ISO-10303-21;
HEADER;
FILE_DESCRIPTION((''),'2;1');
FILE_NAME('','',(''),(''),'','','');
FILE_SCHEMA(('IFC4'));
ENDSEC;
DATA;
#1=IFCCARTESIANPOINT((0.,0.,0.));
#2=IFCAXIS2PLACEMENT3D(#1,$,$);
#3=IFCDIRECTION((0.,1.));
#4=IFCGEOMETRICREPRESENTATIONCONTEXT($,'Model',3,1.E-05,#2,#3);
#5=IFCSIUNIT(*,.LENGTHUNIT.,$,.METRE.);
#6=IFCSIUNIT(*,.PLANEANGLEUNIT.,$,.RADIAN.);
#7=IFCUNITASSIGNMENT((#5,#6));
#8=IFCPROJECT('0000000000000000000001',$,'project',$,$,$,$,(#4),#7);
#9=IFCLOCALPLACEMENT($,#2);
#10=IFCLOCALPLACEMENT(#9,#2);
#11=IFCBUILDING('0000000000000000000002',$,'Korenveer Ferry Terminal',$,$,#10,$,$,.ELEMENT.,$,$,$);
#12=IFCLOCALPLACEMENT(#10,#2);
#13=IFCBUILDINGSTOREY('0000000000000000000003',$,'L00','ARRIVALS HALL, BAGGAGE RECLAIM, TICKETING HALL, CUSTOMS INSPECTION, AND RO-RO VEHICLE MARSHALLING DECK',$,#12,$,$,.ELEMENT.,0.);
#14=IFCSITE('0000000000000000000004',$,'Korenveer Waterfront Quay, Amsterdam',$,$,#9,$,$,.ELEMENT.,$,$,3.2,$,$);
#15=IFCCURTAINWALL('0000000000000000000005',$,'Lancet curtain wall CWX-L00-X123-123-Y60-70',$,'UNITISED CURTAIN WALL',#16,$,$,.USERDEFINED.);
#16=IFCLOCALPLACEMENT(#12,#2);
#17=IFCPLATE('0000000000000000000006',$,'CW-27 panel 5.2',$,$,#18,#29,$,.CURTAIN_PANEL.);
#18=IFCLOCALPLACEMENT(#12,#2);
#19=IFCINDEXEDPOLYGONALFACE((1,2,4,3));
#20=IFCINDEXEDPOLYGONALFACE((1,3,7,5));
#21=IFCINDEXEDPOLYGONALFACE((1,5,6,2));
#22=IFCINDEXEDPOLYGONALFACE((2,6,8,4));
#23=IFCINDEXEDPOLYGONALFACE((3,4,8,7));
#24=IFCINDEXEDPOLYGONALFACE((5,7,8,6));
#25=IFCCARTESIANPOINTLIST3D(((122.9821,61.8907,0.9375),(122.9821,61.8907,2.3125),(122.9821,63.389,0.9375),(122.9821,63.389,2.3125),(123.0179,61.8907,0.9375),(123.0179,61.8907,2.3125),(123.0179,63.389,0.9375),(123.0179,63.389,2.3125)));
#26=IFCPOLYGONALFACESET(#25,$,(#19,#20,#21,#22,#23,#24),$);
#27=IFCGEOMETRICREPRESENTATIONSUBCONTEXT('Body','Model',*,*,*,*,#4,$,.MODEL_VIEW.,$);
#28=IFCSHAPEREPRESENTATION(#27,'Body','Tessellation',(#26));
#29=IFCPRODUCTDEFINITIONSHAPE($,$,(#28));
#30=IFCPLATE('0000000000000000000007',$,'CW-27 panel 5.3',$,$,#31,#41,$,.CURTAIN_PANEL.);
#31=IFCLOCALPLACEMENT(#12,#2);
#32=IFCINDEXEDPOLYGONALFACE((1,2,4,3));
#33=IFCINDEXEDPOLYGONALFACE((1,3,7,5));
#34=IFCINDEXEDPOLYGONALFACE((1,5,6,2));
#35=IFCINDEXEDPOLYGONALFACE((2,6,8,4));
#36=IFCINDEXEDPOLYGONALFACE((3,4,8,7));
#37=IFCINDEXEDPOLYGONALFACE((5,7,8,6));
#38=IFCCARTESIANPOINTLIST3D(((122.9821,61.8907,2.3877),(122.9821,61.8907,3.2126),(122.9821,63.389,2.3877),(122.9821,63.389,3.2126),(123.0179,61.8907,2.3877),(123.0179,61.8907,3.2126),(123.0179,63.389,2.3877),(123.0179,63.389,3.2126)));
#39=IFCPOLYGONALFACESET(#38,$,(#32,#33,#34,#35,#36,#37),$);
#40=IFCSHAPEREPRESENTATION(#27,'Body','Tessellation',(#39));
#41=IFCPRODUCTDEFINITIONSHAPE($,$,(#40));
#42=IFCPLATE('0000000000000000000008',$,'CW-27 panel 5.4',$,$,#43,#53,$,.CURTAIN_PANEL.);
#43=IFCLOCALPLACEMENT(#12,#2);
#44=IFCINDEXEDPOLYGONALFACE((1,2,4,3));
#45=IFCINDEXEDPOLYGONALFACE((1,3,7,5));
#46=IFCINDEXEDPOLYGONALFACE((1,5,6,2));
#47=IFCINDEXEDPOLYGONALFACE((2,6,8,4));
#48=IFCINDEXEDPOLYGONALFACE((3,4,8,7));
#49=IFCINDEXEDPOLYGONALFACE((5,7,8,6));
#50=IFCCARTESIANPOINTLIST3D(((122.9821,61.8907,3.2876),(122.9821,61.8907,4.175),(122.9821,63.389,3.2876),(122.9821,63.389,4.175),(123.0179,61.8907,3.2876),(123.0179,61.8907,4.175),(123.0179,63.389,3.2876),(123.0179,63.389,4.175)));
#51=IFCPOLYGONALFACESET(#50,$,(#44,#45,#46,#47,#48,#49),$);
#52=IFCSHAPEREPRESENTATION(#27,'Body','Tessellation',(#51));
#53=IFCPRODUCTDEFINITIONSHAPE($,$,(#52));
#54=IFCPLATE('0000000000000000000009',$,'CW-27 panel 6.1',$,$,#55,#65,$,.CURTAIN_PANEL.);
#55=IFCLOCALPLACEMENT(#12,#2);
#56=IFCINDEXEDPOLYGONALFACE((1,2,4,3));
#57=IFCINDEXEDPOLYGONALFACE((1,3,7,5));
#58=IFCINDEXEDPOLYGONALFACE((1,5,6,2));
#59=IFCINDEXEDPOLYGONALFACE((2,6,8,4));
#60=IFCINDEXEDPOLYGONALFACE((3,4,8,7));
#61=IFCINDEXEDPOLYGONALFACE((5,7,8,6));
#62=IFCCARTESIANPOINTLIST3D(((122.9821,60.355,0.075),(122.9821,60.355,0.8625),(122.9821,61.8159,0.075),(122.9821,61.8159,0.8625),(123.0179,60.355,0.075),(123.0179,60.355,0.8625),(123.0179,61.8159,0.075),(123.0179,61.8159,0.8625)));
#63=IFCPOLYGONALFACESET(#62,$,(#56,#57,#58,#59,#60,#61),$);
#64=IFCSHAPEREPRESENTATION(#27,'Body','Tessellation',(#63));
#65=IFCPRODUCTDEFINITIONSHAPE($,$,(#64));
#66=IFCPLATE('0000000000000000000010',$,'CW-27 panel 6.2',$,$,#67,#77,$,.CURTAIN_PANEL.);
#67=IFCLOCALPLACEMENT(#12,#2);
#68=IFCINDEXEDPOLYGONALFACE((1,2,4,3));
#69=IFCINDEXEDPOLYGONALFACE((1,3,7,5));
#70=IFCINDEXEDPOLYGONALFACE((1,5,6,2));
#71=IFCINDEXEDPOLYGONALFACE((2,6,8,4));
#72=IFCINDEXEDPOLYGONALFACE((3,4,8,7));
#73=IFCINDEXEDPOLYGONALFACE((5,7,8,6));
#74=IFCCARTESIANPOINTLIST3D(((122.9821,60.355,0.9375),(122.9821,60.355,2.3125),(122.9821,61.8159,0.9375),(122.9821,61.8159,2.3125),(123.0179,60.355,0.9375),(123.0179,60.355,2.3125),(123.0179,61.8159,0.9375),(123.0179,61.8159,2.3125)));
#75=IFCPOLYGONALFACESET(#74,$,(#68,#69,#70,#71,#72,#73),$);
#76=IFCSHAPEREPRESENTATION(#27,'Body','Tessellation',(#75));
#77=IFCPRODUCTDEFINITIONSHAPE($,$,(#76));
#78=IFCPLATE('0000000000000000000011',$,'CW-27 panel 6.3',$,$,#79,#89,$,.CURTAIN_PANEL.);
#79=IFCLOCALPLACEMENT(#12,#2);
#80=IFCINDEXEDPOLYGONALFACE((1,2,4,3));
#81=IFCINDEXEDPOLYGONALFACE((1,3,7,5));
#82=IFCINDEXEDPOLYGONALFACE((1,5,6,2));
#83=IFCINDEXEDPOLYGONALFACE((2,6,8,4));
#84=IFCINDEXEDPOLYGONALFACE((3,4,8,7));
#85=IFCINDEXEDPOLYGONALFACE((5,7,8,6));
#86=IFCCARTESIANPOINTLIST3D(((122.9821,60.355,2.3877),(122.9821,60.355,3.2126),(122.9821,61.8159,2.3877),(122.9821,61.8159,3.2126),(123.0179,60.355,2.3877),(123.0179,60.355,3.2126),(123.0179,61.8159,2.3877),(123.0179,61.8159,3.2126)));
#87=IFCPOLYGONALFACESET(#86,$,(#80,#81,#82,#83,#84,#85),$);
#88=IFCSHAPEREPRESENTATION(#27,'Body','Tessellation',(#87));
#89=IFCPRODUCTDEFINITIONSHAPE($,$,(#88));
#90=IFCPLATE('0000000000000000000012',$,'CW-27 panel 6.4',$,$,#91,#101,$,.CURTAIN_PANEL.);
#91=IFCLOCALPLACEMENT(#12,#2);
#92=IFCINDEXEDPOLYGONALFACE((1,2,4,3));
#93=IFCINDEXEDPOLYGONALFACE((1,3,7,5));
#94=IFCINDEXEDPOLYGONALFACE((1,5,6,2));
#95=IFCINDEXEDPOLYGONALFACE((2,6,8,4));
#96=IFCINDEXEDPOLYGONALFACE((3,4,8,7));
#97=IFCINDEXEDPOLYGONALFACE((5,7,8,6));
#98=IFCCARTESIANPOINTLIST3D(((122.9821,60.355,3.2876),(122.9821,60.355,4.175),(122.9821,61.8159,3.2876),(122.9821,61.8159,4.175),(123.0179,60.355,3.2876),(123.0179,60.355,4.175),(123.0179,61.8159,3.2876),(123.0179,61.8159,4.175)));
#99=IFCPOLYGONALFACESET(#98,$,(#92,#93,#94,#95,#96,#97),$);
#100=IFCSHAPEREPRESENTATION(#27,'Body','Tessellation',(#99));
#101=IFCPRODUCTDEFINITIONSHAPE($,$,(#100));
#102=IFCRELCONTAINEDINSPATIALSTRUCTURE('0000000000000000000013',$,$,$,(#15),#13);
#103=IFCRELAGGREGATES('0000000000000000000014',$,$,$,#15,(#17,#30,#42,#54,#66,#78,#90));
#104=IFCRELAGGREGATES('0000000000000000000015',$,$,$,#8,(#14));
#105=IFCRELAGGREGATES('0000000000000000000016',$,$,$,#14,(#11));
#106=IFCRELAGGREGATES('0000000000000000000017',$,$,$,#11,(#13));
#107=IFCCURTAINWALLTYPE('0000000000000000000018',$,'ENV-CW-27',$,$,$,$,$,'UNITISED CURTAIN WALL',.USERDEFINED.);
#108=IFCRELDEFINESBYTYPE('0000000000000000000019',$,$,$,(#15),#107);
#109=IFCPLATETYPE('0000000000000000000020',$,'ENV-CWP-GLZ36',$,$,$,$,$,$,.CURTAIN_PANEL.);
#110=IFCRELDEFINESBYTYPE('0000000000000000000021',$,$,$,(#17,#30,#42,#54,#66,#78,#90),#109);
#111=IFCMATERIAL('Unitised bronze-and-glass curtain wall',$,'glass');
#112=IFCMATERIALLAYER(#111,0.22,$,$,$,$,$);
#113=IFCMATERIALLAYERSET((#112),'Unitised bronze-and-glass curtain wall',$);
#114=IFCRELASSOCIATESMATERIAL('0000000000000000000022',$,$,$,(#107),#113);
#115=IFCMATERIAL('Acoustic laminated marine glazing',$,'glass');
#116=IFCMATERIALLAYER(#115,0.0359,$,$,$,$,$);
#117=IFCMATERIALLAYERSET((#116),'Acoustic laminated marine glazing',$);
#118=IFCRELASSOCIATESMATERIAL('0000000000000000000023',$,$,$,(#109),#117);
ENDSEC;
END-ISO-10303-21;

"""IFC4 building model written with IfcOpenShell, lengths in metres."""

from ifc_helpers import new_model, si_unit, direction, frame, origin, origin_2d, place, context, subcontext, project, spatial, rectangle, extrude, material, layer, layer_set, type_object, element, aggregate, save


model = new_model("IFC4")

# Units and contexts
model_context = context("Model", 3, precision=1e-05, world=origin(), true_north=direction((0.0, 1.0)))
body_context = subcontext(model_context, "Body", "Model", "MODEL_VIEW")
ifc_project = project(units=[si_unit("LENGTHUNIT", "METRE"), si_unit("PLANEANGLEUNIT", "RADIAN")], contexts=[model_context])

# Site, building, storey
site_placement = place(None, origin())
site = spatial("IfcSite", under=ifc_project, at=site_placement, Name="Korenveer Waterfront Quay, Amsterdam", CompositionType="ELEMENT", RefElevation=3.2)
building_placement = place(site_placement, origin())
building = spatial("IfcBuilding", under=site, at=building_placement, Name="Korenveer Ferry Terminal", CompositionType="ELEMENT")
storey_placement = place(building_placement, origin())
storey = spatial("IfcBuildingStorey", under=building, at=storey_placement, Name="L00", Description="ARRIVALS HALL, BAGGAGE RECLAIM, TICKETING HALL, CUSTOMS INSPECTION, AND RO-RO VEHICLE MARSHALLING DECK", CompositionType="ELEMENT", Elevation=0.0)

# Curtain wall, plates
ifc_material_1 = material(Name="Unitised bronze-and-glass curtain wall", Category="glass")
ifc_layer_1 = layer(ifc_material_1, 0.22)
ifc_layer_set_1 = layer_set([ifc_layer_1], Name="Unitised bronze-and-glass curtain wall")
curtain_wall_type = type_object("IfcCurtainWallType", Name="ENV-CW-27", ElementType="UNITISED CURTAIN WALL", PredefinedType="USERDEFINED", material=ifc_layer_set_1)
curtain_wall_placement = place(storey_placement, frame((123.0, 69.72, 0.0)))
curtain_wall = element("IfcCurtainWall", 1, at=curtain_wall_placement, inside=storey, type_object=curtain_wall_type, Name="Lancet curtain wall CWX-L00-X123-123-Y60-70", ObjectType="UNITISED CURTAIN WALL", PredefinedType="USERDEFINED")
ifc_material_2 = material(Name="Acoustic laminated marine glazing", Category="glass")
ifc_layer_2 = layer(ifc_material_2, 0.0359)
ifc_layer_set_2 = layer_set([ifc_layer_2], Name="Acoustic laminated marine glazing")
plate_type = type_object("IfcPlateType", Name="ENV-CWP-GLZ36", PredefinedType="CURTAIN_PANEL", material=ifc_layer_set_2)
plate_1_placement = place(storey_placement, frame((123.0, 62.6399, 0.9375), z_axis=(0.0, 0.0, 1.0), x_axis=(0.0, -1.0, 0.0)))
plate_1 = element("IfcPlate", 2, at=plate_1_placement, type_object=plate_type, Name="CW-27 panel 5.2", PredefinedType="CURTAIN_PANEL", context=body_context, shape_type="SweptSolid", body=[
    extrude(rectangle(XDim=1.4983, YDim=0.0359, at=origin_2d()), origin(), (0.0, 0.0, 1.0), 1.375),
])
plate_2_placement = place(storey_placement, frame((123.0, 62.6399, 2.3877), z_axis=(0.0, 0.0, 1.0), x_axis=(0.0, -1.0, 0.0)))
plate_2 = element("IfcPlate", 3, at=plate_2_placement, type_object=plate_type, Name="CW-27 panel 5.3", PredefinedType="CURTAIN_PANEL", context=body_context, shape_type="SweptSolid", body=[
    extrude(rectangle(XDim=1.4983, YDim=0.0359, at=origin_2d()), origin(), (0.0, 0.0, 1.0), 0.825),
])
plate_3_placement = place(storey_placement, frame((123.0, 62.6399, 3.2876), z_axis=(0.0, 0.0, 1.0), x_axis=(0.0, -1.0, 0.0)))
plate_3 = element("IfcPlate", 4, at=plate_3_placement, type_object=plate_type, Name="CW-27 panel 5.4", PredefinedType="CURTAIN_PANEL", context=body_context, shape_type="SweptSolid", body=[
    extrude(rectangle(XDim=1.4983, YDim=0.0359, at=origin_2d()), origin(), (0.0, 0.0, 1.0), 0.8875),
])
plate_4_placement = place(storey_placement, frame((123.0, 61.0854, 0.075), z_axis=(0.0, 0.0, 1.0), x_axis=(0.0, -1.0, 0.0)))
plate_4 = element("IfcPlate", 5, at=plate_4_placement, type_object=plate_type, Name="CW-27 panel 6.1", PredefinedType="CURTAIN_PANEL", context=body_context, shape_type="SweptSolid", body=[
    extrude(rectangle(XDim=1.4609, YDim=0.0359, at=origin_2d()), origin(), (0.0, 0.0, 1.0), 0.7876),
])
plate_5_placement = place(storey_placement, frame((123.0, 61.0854, 0.9375), z_axis=(0.0, 0.0, 1.0), x_axis=(0.0, -1.0, 0.0)))
plate_5 = element("IfcPlate", 6, at=plate_5_placement, type_object=plate_type, Name="CW-27 panel 6.2", PredefinedType="CURTAIN_PANEL", context=body_context, shape_type="SweptSolid", body=[
    extrude(rectangle(XDim=1.4609, YDim=0.0359, at=origin_2d()), origin(), (0.0, 0.0, 1.0), 1.375),
])
plate_6_placement = place(storey_placement, frame((123.0, 61.0854, 2.3877), z_axis=(0.0, 0.0, 1.0), x_axis=(0.0, -1.0, 0.0)))
plate_6 = element("IfcPlate", 7, at=plate_6_placement, type_object=plate_type, Name="CW-27 panel 6.3", PredefinedType="CURTAIN_PANEL", context=body_context, shape_type="SweptSolid", body=[
    extrude(rectangle(XDim=1.4609, YDim=0.0359, at=origin_2d()), origin(), (0.0, 0.0, 1.0), 0.825),
])
plate_7_placement = place(storey_placement, frame((123.0, 61.0854, 3.2876), z_axis=(0.0, 0.0, 1.0), x_axis=(0.0, -1.0, 0.0)))
plate_7 = element("IfcPlate", 8, at=plate_7_placement, type_object=plate_type, Name="CW-27 panel 6.4", PredefinedType="CURTAIN_PANEL", context=body_context, shape_type="SweptSolid", body=[
    extrude(rectangle(XDim=1.4609, YDim=0.0359, at=origin_2d()), origin(), (0.0, 0.0, 1.0), 0.8875),
])
aggregate(curtain_wall, [plate_1, plate_2, plate_3, plate_4, plate_5, plate_6, plate_7])

save(model, "model.ifc")
